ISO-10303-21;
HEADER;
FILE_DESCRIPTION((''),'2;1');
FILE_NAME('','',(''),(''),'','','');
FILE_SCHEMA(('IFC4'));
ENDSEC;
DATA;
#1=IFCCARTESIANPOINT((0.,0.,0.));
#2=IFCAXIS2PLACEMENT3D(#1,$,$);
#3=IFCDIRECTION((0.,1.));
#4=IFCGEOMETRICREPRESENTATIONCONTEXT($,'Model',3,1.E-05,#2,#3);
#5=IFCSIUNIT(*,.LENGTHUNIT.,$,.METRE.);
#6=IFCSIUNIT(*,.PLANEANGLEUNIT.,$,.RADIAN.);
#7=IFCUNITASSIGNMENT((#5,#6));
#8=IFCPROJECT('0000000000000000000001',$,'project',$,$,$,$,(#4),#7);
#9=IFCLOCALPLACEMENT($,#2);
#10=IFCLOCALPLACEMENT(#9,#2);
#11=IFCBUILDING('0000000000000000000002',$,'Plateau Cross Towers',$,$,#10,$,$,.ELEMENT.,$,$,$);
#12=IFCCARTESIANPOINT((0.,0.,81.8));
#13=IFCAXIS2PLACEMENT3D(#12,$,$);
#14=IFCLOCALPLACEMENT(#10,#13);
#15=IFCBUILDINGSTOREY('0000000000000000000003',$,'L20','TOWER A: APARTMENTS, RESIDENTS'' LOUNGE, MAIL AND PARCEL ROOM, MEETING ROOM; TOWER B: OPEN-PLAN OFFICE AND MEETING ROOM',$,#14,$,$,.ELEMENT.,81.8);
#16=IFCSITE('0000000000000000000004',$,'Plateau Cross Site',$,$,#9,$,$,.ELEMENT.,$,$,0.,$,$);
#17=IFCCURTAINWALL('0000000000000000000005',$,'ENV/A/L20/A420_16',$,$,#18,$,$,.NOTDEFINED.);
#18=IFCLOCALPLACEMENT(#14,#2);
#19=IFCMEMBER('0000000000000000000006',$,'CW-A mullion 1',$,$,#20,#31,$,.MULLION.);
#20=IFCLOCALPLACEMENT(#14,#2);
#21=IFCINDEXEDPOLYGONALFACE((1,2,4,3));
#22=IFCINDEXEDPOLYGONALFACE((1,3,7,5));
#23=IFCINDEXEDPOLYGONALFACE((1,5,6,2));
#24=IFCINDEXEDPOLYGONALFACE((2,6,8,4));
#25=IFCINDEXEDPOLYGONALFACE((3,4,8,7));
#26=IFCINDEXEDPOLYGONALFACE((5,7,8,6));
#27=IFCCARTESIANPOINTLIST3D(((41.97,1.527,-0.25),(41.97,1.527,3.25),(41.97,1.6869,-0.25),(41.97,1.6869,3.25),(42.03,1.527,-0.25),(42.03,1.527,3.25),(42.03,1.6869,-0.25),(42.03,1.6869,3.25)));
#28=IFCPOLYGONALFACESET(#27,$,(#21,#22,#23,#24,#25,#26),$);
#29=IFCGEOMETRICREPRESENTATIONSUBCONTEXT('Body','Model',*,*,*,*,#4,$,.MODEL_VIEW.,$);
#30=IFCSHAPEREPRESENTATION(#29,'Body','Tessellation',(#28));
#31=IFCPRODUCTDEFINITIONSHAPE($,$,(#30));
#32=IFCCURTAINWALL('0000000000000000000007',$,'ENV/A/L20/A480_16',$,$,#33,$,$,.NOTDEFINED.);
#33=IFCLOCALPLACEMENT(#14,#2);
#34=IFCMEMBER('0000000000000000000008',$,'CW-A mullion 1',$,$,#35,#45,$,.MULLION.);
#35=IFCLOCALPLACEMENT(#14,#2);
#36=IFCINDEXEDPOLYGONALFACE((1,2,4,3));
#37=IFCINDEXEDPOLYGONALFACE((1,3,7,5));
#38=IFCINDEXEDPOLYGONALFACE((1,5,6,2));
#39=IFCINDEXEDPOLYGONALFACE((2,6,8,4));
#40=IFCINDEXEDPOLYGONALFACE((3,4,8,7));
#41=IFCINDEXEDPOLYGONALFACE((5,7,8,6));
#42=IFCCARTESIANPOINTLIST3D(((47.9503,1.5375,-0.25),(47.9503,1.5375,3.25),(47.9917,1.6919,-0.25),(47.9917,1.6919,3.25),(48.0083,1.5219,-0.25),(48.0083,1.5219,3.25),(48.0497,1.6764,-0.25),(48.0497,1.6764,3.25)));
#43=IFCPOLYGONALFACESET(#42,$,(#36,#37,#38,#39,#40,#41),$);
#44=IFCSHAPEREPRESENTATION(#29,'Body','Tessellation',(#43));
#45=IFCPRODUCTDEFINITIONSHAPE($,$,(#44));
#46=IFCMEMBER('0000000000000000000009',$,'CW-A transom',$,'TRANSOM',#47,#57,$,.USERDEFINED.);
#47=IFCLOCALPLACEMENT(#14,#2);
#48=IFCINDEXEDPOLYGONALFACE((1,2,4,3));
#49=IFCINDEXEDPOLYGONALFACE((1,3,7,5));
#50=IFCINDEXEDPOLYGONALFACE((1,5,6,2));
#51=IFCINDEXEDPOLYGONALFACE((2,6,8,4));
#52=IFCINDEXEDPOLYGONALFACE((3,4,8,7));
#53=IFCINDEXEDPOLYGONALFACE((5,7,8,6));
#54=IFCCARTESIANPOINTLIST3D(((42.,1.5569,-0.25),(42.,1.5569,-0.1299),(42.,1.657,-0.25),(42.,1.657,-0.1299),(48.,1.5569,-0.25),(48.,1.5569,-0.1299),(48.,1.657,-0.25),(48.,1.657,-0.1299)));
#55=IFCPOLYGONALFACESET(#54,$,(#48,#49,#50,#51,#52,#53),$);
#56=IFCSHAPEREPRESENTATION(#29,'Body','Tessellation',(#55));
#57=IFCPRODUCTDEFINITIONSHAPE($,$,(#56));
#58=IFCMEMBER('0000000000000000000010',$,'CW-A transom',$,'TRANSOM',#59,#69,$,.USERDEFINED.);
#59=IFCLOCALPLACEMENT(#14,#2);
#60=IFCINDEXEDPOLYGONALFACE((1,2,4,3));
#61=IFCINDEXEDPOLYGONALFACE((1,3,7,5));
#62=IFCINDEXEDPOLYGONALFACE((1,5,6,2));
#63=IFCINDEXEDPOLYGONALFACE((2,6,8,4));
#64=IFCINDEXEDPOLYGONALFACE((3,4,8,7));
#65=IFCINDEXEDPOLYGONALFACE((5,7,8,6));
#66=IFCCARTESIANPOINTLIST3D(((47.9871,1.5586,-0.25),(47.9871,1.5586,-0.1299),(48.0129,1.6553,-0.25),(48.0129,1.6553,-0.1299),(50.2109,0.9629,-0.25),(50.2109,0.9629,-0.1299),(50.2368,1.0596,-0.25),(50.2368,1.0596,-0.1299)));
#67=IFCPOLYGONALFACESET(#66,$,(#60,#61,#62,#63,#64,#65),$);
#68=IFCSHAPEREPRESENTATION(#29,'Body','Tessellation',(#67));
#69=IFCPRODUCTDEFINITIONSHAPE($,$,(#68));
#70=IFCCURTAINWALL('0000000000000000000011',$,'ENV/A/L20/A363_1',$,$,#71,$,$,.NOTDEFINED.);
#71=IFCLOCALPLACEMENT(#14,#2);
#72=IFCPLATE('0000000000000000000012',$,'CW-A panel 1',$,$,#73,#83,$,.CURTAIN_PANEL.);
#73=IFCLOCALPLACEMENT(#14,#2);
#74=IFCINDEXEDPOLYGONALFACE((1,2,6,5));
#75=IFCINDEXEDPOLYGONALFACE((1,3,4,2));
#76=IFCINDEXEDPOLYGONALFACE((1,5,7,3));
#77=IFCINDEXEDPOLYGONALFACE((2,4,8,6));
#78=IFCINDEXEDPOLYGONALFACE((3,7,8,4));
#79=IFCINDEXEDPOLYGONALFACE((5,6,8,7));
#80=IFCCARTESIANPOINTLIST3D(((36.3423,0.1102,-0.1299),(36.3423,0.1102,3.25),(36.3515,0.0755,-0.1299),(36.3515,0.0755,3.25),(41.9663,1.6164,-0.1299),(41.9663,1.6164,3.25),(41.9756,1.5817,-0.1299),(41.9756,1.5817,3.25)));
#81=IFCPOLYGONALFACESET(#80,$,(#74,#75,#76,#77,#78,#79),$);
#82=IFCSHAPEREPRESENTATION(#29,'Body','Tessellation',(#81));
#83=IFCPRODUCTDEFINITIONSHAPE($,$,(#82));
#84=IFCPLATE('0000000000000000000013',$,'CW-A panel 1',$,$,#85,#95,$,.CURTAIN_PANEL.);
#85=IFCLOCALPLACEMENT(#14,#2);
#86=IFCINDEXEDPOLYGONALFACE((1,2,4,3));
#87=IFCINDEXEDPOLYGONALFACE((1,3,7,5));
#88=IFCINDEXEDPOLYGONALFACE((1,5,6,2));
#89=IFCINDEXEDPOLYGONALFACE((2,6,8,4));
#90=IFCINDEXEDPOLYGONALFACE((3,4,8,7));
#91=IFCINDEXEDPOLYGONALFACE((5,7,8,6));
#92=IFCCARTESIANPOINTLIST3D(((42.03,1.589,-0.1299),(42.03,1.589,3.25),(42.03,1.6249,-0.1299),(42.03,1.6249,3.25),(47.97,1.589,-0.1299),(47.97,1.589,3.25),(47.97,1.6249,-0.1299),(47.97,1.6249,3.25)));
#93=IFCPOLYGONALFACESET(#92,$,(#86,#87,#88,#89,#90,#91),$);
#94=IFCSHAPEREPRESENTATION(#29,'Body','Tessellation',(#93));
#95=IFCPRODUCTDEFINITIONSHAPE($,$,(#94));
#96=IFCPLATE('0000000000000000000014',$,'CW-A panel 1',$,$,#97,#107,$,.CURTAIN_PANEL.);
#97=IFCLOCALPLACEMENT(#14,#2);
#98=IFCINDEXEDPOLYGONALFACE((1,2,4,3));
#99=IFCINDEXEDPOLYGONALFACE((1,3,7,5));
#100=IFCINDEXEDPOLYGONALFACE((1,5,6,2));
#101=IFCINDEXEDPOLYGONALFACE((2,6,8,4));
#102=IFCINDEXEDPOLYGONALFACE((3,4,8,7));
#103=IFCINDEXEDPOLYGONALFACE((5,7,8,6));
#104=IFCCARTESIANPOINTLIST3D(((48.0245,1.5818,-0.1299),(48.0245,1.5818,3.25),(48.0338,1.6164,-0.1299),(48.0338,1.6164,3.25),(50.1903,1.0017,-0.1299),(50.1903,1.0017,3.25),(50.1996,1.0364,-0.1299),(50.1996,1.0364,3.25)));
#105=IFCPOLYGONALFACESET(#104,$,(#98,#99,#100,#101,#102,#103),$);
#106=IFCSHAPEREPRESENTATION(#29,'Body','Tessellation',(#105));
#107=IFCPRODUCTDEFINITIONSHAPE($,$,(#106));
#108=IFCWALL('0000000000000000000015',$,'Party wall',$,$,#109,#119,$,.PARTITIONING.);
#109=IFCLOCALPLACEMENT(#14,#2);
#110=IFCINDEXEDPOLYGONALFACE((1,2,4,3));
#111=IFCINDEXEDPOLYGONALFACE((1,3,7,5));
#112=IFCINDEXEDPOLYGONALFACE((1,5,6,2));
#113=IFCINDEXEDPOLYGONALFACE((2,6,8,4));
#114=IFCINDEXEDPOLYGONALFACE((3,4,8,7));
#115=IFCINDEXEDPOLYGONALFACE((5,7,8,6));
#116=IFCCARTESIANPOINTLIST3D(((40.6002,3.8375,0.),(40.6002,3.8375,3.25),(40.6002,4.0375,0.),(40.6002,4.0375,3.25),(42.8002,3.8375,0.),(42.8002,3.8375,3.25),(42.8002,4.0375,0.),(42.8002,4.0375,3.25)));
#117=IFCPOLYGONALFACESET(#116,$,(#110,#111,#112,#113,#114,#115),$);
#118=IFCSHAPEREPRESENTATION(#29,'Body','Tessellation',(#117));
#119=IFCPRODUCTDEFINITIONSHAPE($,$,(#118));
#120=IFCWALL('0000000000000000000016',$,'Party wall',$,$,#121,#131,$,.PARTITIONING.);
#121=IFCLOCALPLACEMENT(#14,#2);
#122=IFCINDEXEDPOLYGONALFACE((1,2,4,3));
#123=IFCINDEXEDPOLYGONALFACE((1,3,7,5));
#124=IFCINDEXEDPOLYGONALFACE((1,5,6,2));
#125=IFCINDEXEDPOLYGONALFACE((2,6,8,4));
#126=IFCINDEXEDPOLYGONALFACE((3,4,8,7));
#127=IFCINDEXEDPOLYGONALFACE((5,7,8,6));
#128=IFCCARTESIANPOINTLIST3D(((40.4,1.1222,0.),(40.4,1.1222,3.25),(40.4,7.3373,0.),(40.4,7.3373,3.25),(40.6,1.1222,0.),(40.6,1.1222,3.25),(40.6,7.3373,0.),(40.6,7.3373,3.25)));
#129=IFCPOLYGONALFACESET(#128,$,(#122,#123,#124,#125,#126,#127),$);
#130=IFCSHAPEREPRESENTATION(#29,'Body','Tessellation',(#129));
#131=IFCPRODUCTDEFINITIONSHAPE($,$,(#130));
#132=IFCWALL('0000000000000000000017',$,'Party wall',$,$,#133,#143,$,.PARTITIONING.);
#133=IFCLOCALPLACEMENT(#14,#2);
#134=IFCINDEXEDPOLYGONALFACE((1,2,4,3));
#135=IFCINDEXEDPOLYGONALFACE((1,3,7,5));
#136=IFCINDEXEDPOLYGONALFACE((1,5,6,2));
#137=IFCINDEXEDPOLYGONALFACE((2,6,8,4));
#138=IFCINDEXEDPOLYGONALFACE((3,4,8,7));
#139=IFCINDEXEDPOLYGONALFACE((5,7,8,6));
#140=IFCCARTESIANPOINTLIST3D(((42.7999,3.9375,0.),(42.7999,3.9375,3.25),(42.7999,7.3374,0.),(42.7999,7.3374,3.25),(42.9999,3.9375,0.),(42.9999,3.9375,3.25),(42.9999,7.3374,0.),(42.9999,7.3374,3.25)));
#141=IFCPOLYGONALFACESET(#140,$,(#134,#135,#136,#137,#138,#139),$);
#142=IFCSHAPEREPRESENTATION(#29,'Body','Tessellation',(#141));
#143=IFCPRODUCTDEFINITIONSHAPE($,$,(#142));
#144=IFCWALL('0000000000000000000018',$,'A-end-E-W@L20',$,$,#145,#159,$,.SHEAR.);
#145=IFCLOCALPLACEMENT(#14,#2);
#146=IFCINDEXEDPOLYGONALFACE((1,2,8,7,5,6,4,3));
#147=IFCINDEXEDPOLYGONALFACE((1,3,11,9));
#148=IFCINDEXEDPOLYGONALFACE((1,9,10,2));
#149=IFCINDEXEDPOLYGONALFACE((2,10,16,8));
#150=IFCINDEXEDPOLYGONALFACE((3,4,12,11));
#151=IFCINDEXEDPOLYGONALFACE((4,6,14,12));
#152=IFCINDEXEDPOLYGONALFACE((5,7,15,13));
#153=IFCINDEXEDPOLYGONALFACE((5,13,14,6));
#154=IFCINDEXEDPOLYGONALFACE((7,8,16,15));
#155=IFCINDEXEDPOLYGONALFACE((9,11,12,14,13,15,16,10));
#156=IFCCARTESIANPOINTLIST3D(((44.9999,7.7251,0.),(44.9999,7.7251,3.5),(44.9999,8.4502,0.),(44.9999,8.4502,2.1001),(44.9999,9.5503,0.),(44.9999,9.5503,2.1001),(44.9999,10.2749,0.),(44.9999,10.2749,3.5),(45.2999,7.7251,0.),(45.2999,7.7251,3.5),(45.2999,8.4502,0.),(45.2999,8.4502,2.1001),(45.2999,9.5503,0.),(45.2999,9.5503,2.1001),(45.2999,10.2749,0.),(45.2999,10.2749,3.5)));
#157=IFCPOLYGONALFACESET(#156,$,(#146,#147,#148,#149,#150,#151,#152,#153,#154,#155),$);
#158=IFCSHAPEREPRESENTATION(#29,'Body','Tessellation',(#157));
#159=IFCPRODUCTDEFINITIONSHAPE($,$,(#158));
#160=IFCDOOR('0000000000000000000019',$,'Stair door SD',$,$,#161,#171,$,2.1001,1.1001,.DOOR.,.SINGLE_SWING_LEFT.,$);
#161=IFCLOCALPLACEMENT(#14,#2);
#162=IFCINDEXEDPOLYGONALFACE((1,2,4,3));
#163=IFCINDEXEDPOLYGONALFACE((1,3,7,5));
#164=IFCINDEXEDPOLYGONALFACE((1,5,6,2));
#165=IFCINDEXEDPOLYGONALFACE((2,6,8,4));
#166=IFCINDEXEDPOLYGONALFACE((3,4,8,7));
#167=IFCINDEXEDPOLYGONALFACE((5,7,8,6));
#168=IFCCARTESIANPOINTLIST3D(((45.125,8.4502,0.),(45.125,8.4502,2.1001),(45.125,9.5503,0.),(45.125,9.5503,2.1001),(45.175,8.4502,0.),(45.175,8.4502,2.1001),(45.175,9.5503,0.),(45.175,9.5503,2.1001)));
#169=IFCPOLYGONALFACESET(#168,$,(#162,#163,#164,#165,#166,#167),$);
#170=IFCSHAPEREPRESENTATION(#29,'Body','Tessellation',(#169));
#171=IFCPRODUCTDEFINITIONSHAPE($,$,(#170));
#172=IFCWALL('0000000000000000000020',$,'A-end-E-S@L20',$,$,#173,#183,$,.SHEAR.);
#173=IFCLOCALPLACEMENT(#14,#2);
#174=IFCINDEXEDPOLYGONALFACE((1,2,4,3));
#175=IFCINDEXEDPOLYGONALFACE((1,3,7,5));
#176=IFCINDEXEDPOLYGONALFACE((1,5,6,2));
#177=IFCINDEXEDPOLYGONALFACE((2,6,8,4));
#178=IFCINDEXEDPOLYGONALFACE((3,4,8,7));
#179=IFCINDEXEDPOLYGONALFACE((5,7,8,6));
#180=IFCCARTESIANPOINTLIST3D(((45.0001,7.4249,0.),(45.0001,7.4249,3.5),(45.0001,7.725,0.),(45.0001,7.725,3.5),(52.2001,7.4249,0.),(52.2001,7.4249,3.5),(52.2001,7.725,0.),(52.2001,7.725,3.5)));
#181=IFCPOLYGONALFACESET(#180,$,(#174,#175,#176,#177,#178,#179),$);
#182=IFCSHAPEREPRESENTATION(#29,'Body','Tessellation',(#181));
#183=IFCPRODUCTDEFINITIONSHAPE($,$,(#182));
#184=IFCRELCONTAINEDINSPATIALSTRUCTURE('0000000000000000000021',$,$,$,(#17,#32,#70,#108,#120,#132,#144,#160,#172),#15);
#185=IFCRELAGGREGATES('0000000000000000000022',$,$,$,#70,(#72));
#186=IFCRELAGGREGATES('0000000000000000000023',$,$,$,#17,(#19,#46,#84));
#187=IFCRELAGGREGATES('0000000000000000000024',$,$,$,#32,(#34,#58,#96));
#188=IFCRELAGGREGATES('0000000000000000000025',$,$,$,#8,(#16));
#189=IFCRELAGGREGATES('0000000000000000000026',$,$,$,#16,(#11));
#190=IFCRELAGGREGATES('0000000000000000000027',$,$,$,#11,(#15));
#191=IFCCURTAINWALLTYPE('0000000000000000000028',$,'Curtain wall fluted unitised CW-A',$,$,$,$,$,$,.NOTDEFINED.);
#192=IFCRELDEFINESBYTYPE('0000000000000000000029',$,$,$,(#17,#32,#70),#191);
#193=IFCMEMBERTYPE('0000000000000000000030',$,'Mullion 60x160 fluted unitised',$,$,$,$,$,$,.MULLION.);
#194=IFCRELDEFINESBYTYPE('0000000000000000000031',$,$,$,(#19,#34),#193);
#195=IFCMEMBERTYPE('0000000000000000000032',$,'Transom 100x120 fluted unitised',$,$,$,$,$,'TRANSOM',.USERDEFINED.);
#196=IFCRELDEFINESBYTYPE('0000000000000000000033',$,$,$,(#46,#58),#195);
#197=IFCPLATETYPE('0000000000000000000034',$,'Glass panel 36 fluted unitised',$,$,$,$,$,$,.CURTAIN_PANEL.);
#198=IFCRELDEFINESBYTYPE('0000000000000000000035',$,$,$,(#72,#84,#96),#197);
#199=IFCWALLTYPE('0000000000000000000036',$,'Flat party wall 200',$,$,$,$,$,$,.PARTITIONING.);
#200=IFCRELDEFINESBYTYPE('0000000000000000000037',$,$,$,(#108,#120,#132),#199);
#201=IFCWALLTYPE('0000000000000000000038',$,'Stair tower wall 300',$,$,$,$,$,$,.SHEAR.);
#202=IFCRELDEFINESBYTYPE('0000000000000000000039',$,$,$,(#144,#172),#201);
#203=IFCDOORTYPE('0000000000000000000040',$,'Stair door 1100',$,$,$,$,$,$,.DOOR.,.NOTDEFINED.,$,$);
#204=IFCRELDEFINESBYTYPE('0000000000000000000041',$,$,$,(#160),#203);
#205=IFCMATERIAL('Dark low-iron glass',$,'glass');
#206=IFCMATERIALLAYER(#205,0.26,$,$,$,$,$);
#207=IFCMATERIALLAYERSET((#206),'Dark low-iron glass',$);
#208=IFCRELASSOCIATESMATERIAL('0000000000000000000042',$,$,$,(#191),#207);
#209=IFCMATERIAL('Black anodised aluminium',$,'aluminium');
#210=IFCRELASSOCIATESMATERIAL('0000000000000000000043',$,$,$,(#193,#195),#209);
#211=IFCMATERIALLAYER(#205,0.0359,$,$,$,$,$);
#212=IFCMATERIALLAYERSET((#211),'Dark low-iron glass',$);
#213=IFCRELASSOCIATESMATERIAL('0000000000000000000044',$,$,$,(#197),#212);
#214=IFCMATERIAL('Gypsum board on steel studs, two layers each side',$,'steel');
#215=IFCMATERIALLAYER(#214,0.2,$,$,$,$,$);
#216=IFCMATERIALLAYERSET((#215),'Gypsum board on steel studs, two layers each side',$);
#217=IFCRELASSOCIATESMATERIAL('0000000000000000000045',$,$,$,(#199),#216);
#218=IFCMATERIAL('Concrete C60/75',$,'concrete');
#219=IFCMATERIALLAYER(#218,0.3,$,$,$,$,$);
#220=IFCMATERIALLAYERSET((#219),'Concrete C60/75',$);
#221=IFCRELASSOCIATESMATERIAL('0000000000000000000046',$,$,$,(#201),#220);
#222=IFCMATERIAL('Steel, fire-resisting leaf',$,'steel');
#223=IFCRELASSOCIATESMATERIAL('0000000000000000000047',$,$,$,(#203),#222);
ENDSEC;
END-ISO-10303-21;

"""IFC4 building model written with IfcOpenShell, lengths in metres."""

from ifc_helpers import new_model, si_unit, direction, frame, frame_2d, origin, origin_2d, place, context, subcontext, project, spatial, rectangle, extrude, material, layer, layer_set, material_profile, profile_set, type_object, element, fill, aggregate, save


model = new_model("IFC4")

# Units and contexts
model_context = context("Model", 3, precision=1e-05, world=origin(), true_north=direction((0.0, 1.0)))
body_context = subcontext(model_context, "Body", "Model", "MODEL_VIEW")
ifc_project = project(units=[si_unit("LENGTHUNIT", "METRE"), si_unit("PLANEANGLEUNIT", "RADIAN")], contexts=[model_context])

# Site, building, storey
site_placement = place(None, origin())
site = spatial("IfcSite", under=ifc_project, at=site_placement, Name="Plateau Cross Site", CompositionType="ELEMENT", RefElevation=0.0)
building_placement = place(site_placement, origin())
building = spatial("IfcBuilding", under=site, at=building_placement, Name="Plateau Cross Towers", CompositionType="ELEMENT")
storey_placement = place(building_placement, frame((0.0, 0.0, 81.8)))
storey = spatial("IfcBuildingStorey", under=building, at=storey_placement, Name="L20", Description="TOWER A: APARTMENTS, RESIDENTS' LOUNGE, MAIL AND PARCEL ROOM, MEETING ROOM; TOWER B: OPEN-PLAN OFFICE AND MEETING ROOM", CompositionType="ELEMENT", Elevation=81.8)

# Curtain walls, members
ifc_material_1 = material(Name="Dark low-iron glass", Category="glass")
ifc_layer_1 = layer(ifc_material_1, 0.26)
ifc_layer_set_1 = layer_set([ifc_layer_1], Name="Dark low-iron glass")
curtain_wall_type = type_object("IfcCurtainWallType", Name="Curtain wall fluted unitised CW-A", PredefinedType="NOTDEFINED", material=ifc_layer_set_1)
curtain_wall_1_placement = place(storey_placement, origin())
curtain_wall_1 = element("IfcCurtainWall", 1, at=curtain_wall_1_placement, inside=storey, type_object=curtain_wall_type, Name="ENV/A/L20/A420_16", PredefinedType="NOTDEFINED")
ifc_material_2 = material(Name="Black anodised aluminium", Category="aluminium")
ifc_material_profile_1 = material_profile(ifc_material_2, rectangle(XDim=0.0601, YDim=0.1599, at=origin_2d()), Name="MULLION 60x160")
ifc_profile_set_1 = profile_set([ifc_material_profile_1], Name="Black anodised aluminium")
member_type_1 = type_object("IfcMemberType", Name="Mullion 60x160 fluted unitised", PredefinedType="MULLION", material=ifc_profile_set_1)
member_1_placement = place(storey_placement, frame((42.0, 1.6069, -0.25), z_axis=(0.0, 0.0, 1.0), x_axis=(1.0, 0.0, 0.0)))
member_1 = element("IfcMember", 2, at=member_1_placement, type_object=member_type_1, Name="CW-A mullion 1", PredefinedType="MULLION", context=body_context, shape_type="SweptSolid", body=[
    extrude(rectangle(XDim=0.0601, YDim=0.1599, at=origin_2d()), origin(), (0.0, 0.0, 1.0), 3.5),
])
curtain_wall_2_placement = place(storey_placement, origin())
curtain_wall_2 = element("IfcCurtainWall", 3, at=curtain_wall_2_placement, inside=storey, type_object=curtain_wall_type, Name="ENV/A/L20/A480_16", PredefinedType="NOTDEFINED")
member_2_placement = place(storey_placement, frame((48.0, 1.6069, -0.25), z_axis=(0.0, 0.0, 1.0), x_axis=(0.965958, -0.258699, 0.0)))
member_2 = element("IfcMember", 4, at=member_2_placement, type_object=member_type_1, Name="CW-A mullion 1", PredefinedType="MULLION", context=body_context, shape_type="SweptSolid", body=[
    extrude(rectangle(XDim=0.0601, YDim=0.1599, at=origin_2d()), origin(), (0.0, 0.0, 1.0), 3.5),
])

# Members
ifc_material_profile_2 = material_profile(ifc_material_2, rectangle(XDim=0.1001, YDim=0.1201, at=origin_2d()), Name="TRANSOM 100x120")
ifc_profile_set_2 = profile_set([ifc_material_profile_2], Name="Black anodised aluminium")
member_type_2 = type_object("IfcMemberType", Name="Transom 100x120 fluted unitised", ElementType="TRANSOM", PredefinedType="USERDEFINED", material=ifc_profile_set_2)
member_3_placement = place(storey_placement, frame((42.0, 1.6069, -0.1899), z_axis=(1.0, 0.0, 0.0), x_axis=(0.0, 1.0, 0.0)))
member_3 = element("IfcMember", 5, at=member_3_placement, type_object=member_type_2, Name="CW-A transom", ObjectType="TRANSOM", PredefinedType="USERDEFINED", context=body_context, shape_type="SweptSolid", body=[
    extrude(rectangle(XDim=0.1001, YDim=0.1201, at=origin_2d()), origin(), (0.0, 0.0, 1.0), 6.0),
])
member_4_placement = place(storey_placement, frame((48.0, 1.6069, -0.1899), z_axis=(0.965946, -0.258745, 0.0), x_axis=(0.258745, 0.965946, 0.0)))
member_4 = element("IfcMember", 6, at=member_4_placement, type_object=member_type_2, Name="CW-A transom", ObjectType="TRANSOM", PredefinedType="USERDEFINED", context=body_context, shape_type="SweptSolid", body=[
    extrude(rectangle(XDim=0.1001, YDim=0.1201, at=origin_2d()), origin(), (0.0, 0.0, 1.0), 2.3022),
])

# Curtain wall, plate
curtain_wall_3_placement = place(storey_placement, origin())
curtain_wall_3 = element("IfcCurtainWall", 7, at=curtain_wall_3_placement, inside=storey, type_object=curtain_wall_type, Name="ENV/A/L20/A363_1", PredefinedType="NOTDEFINED")
ifc_layer_2 = layer(ifc_material_1, 0.0359)
ifc_layer_set_2 = layer_set([ifc_layer_2], Name="Dark low-iron glass")
plate_type = type_object("IfcPlateType", Name="Glass panel 36 fluted unitised", PredefinedType="CURTAIN_PANEL", material=ifc_layer_set_2)
plate_1_placement = place(storey_placement, frame((39.1589, 0.8459, -0.1299), z_axis=(0.0, 0.0, 1.0), x_axis=(0.965958, 0.258699, 0.0)))
plate_1 = element("IfcPlate", 8, at=plate_1_placement, type_object=plate_type, Name="CW-A panel 1", PredefinedType="CURTAIN_PANEL", context=body_context, shape_type="SweptSolid", body=[
    extrude(rectangle(XDim=5.8223, YDim=0.0359, at=origin_2d()), origin(), (0.0, 0.0, 1.0), 3.3799),
])
aggregate(curtain_wall_3, [plate_1])

# Plates
plate_2_placement = place(storey_placement, frame((45.0, 1.6069, -0.1299), z_axis=(0.0, 0.0, 1.0), x_axis=(1.0, 0.0, 0.0)))
plate_2 = element("IfcPlate", 9, at=plate_2_placement, type_object=plate_type, Name="CW-A panel 1", PredefinedType="CURTAIN_PANEL", context=body_context, shape_type="SweptSolid", body=[
    extrude(rectangle(XDim=5.9399, YDim=0.0359, at=origin_2d()), origin(), (0.0, 0.0, 1.0), 3.3799),
])
aggregate(curtain_wall_1, [member_1, member_3, plate_2])
plate_3_placement = place(storey_placement, frame((49.1121, 1.3091, -0.1299), z_axis=(0.0, 0.0, 1.0), x_axis=(0.965958, -0.258699, 0.0)))
plate_3 = element("IfcPlate", 10, at=plate_3_placement, type_object=plate_type, Name="CW-A panel 1", PredefinedType="CURTAIN_PANEL", context=body_context, shape_type="SweptSolid", body=[
    extrude(rectangle(XDim=2.2422, YDim=0.0359, at=origin_2d()), origin(), (0.0, 0.0, 1.0), 3.3799),
])
aggregate(curtain_wall_2, [member_2, member_4, plate_3])

# Walls
ifc_material_3 = material(Name="Gypsum board on steel studs, two layers each side", Category="steel")
ifc_layer_3 = layer(ifc_material_3, 0.2)
ifc_layer_set_3 = layer_set([ifc_layer_3], Name="Gypsum board on steel studs, two layers each side")
wall_type_1 = type_object("IfcWallType", Name="Flat party wall 200", PredefinedType="PARTITIONING", material=ifc_layer_set_3)
wall_1_placement = place(storey_placement, frame((40.6001, 3.9375, 0.0), z_axis=(0.0, 0.0, 1.0), x_axis=(1.0, 0.0, 0.0)))
element("IfcWall", 11, at=wall_1_placement, inside=storey, type_object=wall_type_1, Name="Party wall", PredefinedType="PARTITIONING", context=body_context, shape_type="SweptSolid", body=[
    extrude(rectangle(XDim=2.2, YDim=0.2, at=frame_2d((1.1001, 0.0))), origin(), (0.0, 0.0, 1.0), 3.25),
])
wall_2_placement = place(storey_placement, frame((40.5, 1.1223, 0.0), z_axis=(0.0, 0.0, 1.0), x_axis=(0.0, 1.0, 0.0)))
element("IfcWall", 12, at=wall_2_placement, inside=storey, type_object=wall_type_1, Name="Party wall", PredefinedType="PARTITIONING", context=body_context, shape_type="SweptSolid", body=[
    extrude(rectangle(XDim=6.2151, YDim=0.2, at=frame_2d((3.1074, 0.0))), origin(), (0.0, 0.0, 1.0), 3.25),
])
wall_3_placement = place(storey_placement, frame((42.8999, 3.9375, 0.0), z_axis=(0.0, 0.0, 1.0), x_axis=(0.0, 1.0, 0.0)))
element("IfcWall", 13, at=wall_3_placement, inside=storey, type_object=wall_type_1, Name="Party wall", PredefinedType="PARTITIONING", context=body_context, shape_type="SweptSolid", body=[
    extrude(rectangle(XDim=3.3999, YDim=0.2, at=frame_2d((1.7, 0.0))), origin(), (0.0, 0.0, 1.0), 3.25),
])

# Wall, opening, door
ifc_material_4 = material(Name="Concrete C60/75", Category="concrete")
ifc_layer_4 = layer(ifc_material_4, 0.3)
ifc_layer_set_4 = layer_set([ifc_layer_4], Name="Concrete C60/75")
wall_type_2 = type_object("IfcWallType", Name="Stair tower wall 300", PredefinedType="SHEAR", material=ifc_layer_set_4)
wall_4_placement = place(storey_placement, frame((45.1499, 7.7251, 0.0), z_axis=(0.0, 0.0, 1.0), x_axis=(0.0, 1.0, 0.0)))
wall_4 = element("IfcWall", 14, at=wall_4_placement, inside=storey, type_object=wall_type_2, Name="A-end-E-W@L20", PredefinedType="SHEAR", context=body_context, shape_type="SweptSolid", body=[
    extrude(rectangle(XDim=2.5498, YDim=0.3, at=frame_2d((1.2749, 0.0))), origin(), (0.0, 0.0, 1.0), 3.5),
])
opening_placement = place(wall_4_placement, frame((0.7251, 0.0, 0.0)))
opening = element("IfcOpeningElement", 15, at=opening_placement, cuts=wall_4, PredefinedType="OPENING", context=body_context, shape_type="SweptSolid", body=[
    extrude(rectangle(XDim=1.1001, YDim=2.1001, at=frame_2d((0.55, 1.05))), frame((0.0, 0.1599, 0.0), z_axis=(0.0, -1.0, 0.0), x_axis=(1.0, 0.0, 0.0)), (0.0, 0.0, 1.0), 0.3201),
])
ifc_material_5 = material(Name="Steel, fire-resisting leaf", Category="steel")
door_type = type_object("IfcDoorType", Name="Stair door 1100", OperationType="NOTDEFINED", PredefinedType="DOOR", material=ifc_material_5)
door_placement = place(opening_placement, origin())
door = element("IfcDoor", 16, at=door_placement, inside=storey, type_object=door_type, Name="Stair door SD", OperationType="SINGLE_SWING_LEFT", OverallHeight=2.1001, OverallWidth=1.1001, PredefinedType="DOOR", context=body_context, shape_type="SweptSolid", body=[
    extrude(rectangle(XDim=1.1001, YDim=2.1001, at=frame_2d((0.55, 1.05))), frame((0.0, 0.0249, 0.0), z_axis=(0.0, -1.0, 0.0), x_axis=(1.0, 0.0, 0.0)), (0.0, 0.0, 1.0), 0.05),
])
fill(opening, door)

# Wall
wall_5_placement = place(storey_placement, frame((45.0, 7.575, 0.0), z_axis=(0.0, 0.0, 1.0), x_axis=(1.0, 0.0, 0.0)))
element("IfcWall", 17, at=wall_5_placement, inside=storey, type_object=wall_type_2, Name="A-end-E-S@L20", PredefinedType="SHEAR", context=body_context, shape_type="SweptSolid", body=[
    extrude(rectangle(XDim=7.2, YDim=0.3, at=frame_2d((3.6001, 0.0))), origin(), (0.0, 0.0, 1.0), 3.5),
])

save(model, "model.ifc")
